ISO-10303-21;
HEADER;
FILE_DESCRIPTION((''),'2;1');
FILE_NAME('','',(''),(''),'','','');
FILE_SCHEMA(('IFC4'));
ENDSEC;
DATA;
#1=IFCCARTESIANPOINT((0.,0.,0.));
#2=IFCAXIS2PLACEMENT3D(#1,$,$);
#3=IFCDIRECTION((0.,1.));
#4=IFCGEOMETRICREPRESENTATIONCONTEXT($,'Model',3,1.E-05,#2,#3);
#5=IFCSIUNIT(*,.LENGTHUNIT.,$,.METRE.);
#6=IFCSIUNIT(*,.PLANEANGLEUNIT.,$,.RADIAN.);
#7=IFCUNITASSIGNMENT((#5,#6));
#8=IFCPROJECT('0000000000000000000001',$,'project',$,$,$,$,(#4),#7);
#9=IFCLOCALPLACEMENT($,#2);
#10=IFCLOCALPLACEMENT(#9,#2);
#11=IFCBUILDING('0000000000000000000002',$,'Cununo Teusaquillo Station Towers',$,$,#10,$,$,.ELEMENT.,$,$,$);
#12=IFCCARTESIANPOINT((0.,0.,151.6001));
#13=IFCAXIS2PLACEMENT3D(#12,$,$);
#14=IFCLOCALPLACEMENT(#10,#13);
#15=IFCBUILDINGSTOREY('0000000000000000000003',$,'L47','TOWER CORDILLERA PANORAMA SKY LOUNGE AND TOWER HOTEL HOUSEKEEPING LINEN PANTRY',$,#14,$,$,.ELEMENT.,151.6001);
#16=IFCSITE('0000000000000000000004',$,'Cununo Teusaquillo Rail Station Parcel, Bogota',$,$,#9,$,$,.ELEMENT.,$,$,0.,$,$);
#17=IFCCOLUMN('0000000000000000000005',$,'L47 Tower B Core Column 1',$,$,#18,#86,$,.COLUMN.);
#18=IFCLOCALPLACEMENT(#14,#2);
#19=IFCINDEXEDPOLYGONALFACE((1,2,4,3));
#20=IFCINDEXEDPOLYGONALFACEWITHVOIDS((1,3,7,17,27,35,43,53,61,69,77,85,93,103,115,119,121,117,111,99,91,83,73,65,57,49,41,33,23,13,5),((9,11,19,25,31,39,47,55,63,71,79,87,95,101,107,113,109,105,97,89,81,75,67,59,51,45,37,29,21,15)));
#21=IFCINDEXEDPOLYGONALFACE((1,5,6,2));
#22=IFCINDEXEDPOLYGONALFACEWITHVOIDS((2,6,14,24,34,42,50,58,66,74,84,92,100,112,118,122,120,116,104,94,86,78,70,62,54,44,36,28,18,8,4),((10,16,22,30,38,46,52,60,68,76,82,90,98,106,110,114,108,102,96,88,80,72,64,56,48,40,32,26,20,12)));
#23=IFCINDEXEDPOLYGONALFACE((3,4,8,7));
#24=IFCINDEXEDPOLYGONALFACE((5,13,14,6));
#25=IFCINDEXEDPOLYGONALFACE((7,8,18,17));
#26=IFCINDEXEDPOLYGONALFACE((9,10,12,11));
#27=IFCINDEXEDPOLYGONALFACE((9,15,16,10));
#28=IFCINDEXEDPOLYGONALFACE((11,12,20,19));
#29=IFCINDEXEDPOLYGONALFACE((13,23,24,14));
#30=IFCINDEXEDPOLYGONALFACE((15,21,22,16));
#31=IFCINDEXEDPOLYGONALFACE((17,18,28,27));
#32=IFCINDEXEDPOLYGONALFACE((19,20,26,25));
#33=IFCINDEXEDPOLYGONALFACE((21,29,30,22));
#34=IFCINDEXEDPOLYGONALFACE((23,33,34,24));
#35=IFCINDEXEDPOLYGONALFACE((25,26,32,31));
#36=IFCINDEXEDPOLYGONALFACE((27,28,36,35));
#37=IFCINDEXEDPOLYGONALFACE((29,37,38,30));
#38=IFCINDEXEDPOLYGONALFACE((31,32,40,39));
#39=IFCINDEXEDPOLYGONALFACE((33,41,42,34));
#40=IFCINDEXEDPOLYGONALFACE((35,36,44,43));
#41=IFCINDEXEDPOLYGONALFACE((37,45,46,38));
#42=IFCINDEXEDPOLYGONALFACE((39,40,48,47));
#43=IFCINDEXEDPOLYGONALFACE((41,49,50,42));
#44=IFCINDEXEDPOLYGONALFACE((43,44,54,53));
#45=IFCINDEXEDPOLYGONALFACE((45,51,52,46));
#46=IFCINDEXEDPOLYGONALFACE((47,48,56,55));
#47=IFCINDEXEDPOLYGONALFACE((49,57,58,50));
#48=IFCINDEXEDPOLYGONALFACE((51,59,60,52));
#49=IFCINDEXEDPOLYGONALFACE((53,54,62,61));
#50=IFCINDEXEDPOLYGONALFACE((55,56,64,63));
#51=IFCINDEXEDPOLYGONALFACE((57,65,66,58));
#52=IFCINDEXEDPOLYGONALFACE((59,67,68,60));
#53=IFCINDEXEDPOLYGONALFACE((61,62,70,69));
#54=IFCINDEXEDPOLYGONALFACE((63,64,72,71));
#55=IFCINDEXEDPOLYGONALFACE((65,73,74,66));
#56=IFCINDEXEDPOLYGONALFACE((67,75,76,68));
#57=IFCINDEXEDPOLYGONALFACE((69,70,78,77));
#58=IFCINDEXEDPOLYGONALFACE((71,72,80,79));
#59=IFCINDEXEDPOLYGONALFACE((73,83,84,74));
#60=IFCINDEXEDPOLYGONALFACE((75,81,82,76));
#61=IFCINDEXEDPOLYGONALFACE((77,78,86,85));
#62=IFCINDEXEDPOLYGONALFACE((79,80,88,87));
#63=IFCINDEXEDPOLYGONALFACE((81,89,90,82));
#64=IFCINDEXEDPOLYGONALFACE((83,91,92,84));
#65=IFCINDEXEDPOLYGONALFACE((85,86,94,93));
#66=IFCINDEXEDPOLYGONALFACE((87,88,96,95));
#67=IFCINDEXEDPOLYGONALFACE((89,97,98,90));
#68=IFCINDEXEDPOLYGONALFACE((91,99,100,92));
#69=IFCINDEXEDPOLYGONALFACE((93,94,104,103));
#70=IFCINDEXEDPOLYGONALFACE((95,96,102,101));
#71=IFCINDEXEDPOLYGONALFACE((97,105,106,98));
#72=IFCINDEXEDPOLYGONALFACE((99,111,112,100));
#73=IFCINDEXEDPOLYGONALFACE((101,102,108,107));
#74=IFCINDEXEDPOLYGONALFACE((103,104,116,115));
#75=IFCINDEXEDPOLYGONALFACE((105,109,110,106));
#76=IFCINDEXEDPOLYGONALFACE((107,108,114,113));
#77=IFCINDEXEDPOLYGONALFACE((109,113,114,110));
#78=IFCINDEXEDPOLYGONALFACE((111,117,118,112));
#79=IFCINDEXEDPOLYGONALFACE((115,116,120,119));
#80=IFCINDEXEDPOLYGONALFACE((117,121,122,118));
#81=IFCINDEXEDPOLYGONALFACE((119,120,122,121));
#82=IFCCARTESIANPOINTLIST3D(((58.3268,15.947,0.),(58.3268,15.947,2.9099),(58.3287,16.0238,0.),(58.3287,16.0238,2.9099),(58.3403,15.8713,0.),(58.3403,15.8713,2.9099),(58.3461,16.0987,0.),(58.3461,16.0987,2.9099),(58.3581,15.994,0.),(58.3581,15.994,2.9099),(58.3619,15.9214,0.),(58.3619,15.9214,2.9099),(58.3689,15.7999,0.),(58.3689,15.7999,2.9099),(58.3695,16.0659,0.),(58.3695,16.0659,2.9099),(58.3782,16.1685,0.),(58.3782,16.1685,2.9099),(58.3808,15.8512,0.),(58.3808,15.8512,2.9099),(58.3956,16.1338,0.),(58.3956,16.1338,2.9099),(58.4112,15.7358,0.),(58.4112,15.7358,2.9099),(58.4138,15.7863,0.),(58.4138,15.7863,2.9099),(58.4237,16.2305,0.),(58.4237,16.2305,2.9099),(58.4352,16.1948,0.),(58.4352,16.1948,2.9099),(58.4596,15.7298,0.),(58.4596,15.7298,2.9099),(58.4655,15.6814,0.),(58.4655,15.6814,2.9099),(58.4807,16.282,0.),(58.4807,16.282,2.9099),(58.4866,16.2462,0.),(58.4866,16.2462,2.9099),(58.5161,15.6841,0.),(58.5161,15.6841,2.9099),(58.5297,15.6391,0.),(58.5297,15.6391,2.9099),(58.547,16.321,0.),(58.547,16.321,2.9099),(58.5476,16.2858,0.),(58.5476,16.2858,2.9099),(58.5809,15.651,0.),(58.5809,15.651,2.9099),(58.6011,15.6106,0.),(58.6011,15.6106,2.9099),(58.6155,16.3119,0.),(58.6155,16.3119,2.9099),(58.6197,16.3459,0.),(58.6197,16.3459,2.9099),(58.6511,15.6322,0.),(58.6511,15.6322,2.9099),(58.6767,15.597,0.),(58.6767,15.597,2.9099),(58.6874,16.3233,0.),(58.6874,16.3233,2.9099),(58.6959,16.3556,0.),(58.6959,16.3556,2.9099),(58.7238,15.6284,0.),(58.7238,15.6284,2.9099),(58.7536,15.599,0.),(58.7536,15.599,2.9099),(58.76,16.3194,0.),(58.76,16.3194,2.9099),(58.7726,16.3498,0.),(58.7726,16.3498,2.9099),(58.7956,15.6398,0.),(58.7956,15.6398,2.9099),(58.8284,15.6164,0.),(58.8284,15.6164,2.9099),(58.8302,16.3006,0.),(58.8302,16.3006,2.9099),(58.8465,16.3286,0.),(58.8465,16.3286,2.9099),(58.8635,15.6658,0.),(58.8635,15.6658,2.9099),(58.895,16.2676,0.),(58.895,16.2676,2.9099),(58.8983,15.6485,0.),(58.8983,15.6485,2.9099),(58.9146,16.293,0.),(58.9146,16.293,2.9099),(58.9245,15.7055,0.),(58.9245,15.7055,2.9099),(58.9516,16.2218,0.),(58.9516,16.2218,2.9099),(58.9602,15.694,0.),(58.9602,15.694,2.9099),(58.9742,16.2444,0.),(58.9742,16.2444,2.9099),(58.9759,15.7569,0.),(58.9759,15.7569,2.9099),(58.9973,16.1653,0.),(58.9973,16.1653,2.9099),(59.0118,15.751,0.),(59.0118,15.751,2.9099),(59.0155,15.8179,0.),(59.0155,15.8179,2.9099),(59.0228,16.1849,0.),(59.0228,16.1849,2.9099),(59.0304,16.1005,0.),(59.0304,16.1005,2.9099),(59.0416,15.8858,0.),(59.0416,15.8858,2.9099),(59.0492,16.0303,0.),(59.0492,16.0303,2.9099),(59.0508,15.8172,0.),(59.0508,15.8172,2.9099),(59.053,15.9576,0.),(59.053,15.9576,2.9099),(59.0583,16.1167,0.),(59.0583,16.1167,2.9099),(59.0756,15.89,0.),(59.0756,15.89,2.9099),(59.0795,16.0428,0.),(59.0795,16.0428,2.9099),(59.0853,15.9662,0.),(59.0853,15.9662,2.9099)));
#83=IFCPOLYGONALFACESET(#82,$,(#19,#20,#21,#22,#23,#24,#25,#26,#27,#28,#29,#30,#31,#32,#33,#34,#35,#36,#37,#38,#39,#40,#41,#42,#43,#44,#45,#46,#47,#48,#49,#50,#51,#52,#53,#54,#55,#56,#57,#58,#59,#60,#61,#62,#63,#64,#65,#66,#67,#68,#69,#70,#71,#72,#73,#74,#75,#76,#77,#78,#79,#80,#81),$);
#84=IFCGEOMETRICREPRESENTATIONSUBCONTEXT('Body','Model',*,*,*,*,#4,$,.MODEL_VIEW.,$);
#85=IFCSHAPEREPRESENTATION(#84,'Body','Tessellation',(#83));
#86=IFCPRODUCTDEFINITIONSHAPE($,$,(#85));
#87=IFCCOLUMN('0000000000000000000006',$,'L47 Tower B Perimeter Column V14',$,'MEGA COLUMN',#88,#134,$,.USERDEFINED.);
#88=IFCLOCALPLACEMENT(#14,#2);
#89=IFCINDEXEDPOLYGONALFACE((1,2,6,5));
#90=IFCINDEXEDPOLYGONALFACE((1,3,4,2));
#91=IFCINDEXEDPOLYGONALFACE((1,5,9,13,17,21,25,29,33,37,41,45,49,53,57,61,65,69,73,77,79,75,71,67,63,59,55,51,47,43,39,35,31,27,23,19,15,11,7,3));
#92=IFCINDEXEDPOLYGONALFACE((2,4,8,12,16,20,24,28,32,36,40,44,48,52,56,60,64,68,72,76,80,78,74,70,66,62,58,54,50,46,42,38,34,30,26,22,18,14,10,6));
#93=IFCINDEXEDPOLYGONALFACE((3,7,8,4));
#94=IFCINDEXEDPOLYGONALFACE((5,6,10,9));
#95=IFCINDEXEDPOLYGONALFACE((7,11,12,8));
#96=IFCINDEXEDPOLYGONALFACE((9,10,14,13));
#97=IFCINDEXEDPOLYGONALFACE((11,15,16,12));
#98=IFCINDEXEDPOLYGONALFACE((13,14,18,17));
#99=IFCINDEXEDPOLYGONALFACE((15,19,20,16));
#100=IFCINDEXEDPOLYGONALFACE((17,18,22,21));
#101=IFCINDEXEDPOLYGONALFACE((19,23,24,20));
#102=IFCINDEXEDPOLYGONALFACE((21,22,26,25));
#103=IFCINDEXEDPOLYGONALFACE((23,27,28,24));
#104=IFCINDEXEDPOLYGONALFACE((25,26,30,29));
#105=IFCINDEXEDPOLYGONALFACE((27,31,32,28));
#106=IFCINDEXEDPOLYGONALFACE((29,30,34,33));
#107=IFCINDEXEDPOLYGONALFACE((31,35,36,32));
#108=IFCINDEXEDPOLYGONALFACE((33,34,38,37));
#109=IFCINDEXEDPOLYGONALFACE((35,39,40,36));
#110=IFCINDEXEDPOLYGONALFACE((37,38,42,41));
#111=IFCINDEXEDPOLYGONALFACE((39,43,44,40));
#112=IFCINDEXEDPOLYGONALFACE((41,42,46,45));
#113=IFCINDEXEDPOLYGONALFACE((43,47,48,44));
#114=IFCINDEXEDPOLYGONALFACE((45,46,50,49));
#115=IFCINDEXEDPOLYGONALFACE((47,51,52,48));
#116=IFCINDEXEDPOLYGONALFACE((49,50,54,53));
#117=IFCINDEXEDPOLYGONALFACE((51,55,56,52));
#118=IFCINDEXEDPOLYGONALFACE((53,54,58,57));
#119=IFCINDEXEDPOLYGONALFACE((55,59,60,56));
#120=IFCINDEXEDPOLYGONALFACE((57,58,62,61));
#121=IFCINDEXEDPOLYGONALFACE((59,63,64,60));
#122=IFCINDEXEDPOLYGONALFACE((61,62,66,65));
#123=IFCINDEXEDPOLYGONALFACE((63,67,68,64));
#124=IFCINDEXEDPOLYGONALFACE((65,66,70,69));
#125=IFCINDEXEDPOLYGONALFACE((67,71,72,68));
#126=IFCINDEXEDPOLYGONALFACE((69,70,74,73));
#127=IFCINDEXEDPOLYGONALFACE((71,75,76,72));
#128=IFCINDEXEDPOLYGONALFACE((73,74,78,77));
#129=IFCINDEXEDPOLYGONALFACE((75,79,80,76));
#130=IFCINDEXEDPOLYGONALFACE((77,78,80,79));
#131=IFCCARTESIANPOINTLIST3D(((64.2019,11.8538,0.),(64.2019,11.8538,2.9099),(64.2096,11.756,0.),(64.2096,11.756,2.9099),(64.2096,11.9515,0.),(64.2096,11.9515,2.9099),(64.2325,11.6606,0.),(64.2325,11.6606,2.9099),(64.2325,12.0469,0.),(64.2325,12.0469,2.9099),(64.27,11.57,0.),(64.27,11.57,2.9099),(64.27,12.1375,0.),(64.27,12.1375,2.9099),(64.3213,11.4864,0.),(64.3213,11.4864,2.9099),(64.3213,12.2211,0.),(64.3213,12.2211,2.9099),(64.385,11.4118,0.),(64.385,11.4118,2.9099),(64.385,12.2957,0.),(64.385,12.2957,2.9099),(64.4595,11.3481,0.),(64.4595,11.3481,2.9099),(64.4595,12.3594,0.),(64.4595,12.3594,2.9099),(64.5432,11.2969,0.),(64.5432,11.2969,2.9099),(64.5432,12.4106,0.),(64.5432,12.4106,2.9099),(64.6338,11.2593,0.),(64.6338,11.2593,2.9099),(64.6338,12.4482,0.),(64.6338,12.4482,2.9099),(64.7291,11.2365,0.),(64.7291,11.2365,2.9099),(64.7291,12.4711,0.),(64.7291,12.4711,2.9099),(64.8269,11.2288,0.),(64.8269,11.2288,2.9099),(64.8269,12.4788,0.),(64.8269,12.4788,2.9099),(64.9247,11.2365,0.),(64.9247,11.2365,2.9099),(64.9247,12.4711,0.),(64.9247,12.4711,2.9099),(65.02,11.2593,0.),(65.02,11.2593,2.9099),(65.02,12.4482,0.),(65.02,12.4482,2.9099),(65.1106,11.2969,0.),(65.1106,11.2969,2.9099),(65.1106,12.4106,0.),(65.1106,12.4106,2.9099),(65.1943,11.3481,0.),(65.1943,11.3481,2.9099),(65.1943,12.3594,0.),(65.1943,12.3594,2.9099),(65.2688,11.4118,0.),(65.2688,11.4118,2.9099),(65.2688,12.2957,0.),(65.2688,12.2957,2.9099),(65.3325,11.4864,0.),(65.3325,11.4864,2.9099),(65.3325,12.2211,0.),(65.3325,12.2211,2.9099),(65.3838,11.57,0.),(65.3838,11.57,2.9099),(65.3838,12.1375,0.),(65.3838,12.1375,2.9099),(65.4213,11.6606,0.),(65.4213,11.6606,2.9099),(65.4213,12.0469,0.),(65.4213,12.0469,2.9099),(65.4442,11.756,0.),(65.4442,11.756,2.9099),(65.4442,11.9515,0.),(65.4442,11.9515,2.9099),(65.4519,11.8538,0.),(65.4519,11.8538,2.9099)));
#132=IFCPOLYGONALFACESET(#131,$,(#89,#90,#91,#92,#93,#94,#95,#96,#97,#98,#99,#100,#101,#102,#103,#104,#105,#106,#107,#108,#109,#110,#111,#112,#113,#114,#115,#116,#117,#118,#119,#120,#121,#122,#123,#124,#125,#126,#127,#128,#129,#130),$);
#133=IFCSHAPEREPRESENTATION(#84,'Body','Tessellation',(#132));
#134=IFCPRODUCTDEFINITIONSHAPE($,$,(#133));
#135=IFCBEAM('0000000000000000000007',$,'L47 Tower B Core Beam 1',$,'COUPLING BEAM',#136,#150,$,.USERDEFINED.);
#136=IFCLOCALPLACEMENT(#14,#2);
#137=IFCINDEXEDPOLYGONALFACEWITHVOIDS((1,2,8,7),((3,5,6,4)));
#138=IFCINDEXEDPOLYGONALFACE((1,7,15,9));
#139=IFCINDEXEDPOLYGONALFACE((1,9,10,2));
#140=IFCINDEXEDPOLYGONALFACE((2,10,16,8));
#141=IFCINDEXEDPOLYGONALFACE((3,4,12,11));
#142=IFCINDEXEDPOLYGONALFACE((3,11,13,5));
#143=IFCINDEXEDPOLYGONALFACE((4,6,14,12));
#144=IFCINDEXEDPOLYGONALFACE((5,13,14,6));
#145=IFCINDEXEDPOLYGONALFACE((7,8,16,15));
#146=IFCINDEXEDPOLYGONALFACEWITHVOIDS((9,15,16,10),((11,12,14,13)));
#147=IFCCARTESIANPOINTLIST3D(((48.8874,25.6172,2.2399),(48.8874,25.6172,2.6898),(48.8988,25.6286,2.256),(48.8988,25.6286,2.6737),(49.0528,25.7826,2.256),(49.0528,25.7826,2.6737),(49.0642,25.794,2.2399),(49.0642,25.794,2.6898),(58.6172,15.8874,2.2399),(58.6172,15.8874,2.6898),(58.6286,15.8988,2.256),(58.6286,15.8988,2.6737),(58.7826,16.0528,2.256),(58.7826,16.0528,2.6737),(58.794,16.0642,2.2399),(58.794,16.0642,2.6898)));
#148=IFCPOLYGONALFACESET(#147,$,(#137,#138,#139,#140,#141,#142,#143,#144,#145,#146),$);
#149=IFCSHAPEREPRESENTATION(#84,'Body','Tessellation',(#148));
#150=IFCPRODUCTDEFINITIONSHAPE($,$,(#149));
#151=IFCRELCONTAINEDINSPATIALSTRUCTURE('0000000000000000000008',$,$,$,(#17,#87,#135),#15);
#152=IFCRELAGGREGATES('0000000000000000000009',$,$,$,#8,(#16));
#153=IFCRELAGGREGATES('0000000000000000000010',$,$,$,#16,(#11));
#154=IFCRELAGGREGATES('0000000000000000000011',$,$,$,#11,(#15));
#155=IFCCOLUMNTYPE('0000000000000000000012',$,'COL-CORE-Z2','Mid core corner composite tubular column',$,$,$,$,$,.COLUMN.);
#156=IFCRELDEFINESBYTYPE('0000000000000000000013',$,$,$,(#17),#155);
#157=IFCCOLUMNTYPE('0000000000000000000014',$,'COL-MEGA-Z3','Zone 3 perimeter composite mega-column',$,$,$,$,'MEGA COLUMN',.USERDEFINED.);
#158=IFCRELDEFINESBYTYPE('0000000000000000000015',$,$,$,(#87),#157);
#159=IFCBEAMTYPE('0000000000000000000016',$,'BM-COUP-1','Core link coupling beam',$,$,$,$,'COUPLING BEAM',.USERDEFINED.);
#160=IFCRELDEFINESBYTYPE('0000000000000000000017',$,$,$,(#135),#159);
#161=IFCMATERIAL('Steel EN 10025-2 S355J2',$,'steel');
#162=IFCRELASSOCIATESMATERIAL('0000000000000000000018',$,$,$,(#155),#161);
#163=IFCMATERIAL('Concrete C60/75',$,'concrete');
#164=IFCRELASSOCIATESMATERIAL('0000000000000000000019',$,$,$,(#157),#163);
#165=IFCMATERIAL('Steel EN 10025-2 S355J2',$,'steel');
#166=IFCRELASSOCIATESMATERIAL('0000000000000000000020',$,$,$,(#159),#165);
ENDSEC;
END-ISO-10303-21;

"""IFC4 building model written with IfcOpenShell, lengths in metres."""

from ifc_helpers import new_model, si_unit, direction, frame, origin, origin_2d, place, context, subcontext, project, spatial, hollow_rectangle, circle, hollow_circle, extrude, material, material_profile, profile_set, type_object, element, save


model = new_model("IFC4")

# Units and contexts
model_context = context("Model", 3, precision=1e-05, world=origin(), true_north=direction((0.0, 1.0)))
body_context = subcontext(model_context, "Body", "Model", "MODEL_VIEW")
ifc_project = project(units=[si_unit("LENGTHUNIT", "METRE"), si_unit("PLANEANGLEUNIT", "RADIAN")], contexts=[model_context])

# Site, building, storey
site_placement = place(None, origin())
site = spatial("IfcSite", under=ifc_project, at=site_placement, Name="Cununo Teusaquillo Rail Station Parcel, Bogota", CompositionType="ELEMENT", RefElevation=0.0)
building_placement = place(site_placement, origin())
building = spatial("IfcBuilding", under=site, at=building_placement, Name="Cununo Teusaquillo Station Towers", CompositionType="ELEMENT")
storey_placement = place(building_placement, frame((0.0, 0.0, 151.6001)))
storey = spatial("IfcBuildingStorey", under=building, at=storey_placement, Name="L47", Description="TOWER CORDILLERA PANORAMA SKY LOUNGE AND TOWER HOTEL HOUSEKEEPING LINEN PANTRY", CompositionType="ELEMENT", Elevation=151.6001)

# Columns
ifc_material_1 = material(Name="Steel EN 10025-2 S355J2", Category="steel")
ifc_material_profile_1 = material_profile(ifc_material_1, hollow_circle(Radius=0.3799, WallThickness=0.032, at=origin_2d()), Name="CHS 760x32")
ifc_profile_set_1 = profile_set([ifc_material_profile_1], Name="Steel EN 10025-2 S355J2")
column_type_1 = type_object("IfcColumnType", Name="COL-CORE-Z2", Description="Mid core corner composite tubular column", PredefinedType="COLUMN", material=ifc_profile_set_1)
column_1_placement = place(storey_placement, frame((58.7056, 15.9758, 0.0), z_axis=(0.0, 0.0, 1.0), x_axis=(0.707107, 0.707107, 0.0)))
element("IfcColumn", 1, at=column_1_placement, inside=storey, type_object=column_type_1, Name="L47 Tower B Core Column 1", PredefinedType="COLUMN", context=body_context, shape_type="SweptSolid", body=[
    extrude(hollow_circle(Radius=0.3799, WallThickness=0.032, at=origin_2d()), origin(), (0.0, 0.0, 1.0), 2.9099),
])
ifc_material_2 = material(Name="Concrete C60/75", Category="concrete")
ifc_material_profile_2 = material_profile(ifc_material_2, circle(Radius=0.625, at=origin_2d()), Name="RC-CIRC-1250")
ifc_profile_set_2 = profile_set([ifc_material_profile_2], Name="Concrete C60/75")
column_type_2 = type_object("IfcColumnType", Name="COL-MEGA-Z3", Description="Zone 3 perimeter composite mega-column", ElementType="MEGA COLUMN", PredefinedType="USERDEFINED", material=ifc_profile_set_2)
column_2_placement = place(storey_placement, frame((64.8269, 11.8538, 0.0), z_axis=(0.0, 0.0, 1.0), x_axis=(1.0, 0.0, 0.0)))
element("IfcColumn", 2, at=column_2_placement, inside=storey, type_object=column_type_2, Name="L47 Tower B Perimeter Column V14", ObjectType="MEGA COLUMN", PredefinedType="USERDEFINED", context=body_context, shape_type="SweptSolid", body=[
    extrude(circle(Radius=0.625, at=origin_2d()), origin(), (0.0, 0.0, 1.0), 2.9099),
])

# Beam
ifc_material_3 = material(Name="Steel EN 10025-2 S355J2", Category="steel")
ifc_material_profile_3 = material_profile(ifc_material_3, hollow_rectangle(XDim=0.25, YDim=0.45, WallThickness=0.0161, at=origin_2d()), Name="RHS 450x250x16")
ifc_profile_set_3 = profile_set([ifc_material_profile_3], Name="Steel EN 10025-2 S355J2")
beam_type_1 = type_object("IfcBeamType", Name="BM-COUP-1", Description="Core link coupling beam", ElementType="COUPLING BEAM", PredefinedType="USERDEFINED", material=ifc_profile_set_3)
beam_1_placement = place(storey_placement, frame((58.7056, 15.9758, 2.4648), z_axis=(-0.707107, 0.707107, 0.0), x_axis=(-0.707107, -0.707107, 0.0)))
element("IfcBeam", 3, at=beam_1_placement, inside=storey, type_object=beam_type_1, Name="L47 Tower B Core Beam 1", ObjectType="COUPLING BEAM", PredefinedType="USERDEFINED", context=body_context, shape_type="SweptSolid", body=[
    extrude(hollow_rectangle(XDim=0.25, YDim=0.45, WallThickness=0.0161, at=origin_2d()), origin(), (0.0, 0.0, 1.0), 13.76),
])

save(model, "model.ifc")
